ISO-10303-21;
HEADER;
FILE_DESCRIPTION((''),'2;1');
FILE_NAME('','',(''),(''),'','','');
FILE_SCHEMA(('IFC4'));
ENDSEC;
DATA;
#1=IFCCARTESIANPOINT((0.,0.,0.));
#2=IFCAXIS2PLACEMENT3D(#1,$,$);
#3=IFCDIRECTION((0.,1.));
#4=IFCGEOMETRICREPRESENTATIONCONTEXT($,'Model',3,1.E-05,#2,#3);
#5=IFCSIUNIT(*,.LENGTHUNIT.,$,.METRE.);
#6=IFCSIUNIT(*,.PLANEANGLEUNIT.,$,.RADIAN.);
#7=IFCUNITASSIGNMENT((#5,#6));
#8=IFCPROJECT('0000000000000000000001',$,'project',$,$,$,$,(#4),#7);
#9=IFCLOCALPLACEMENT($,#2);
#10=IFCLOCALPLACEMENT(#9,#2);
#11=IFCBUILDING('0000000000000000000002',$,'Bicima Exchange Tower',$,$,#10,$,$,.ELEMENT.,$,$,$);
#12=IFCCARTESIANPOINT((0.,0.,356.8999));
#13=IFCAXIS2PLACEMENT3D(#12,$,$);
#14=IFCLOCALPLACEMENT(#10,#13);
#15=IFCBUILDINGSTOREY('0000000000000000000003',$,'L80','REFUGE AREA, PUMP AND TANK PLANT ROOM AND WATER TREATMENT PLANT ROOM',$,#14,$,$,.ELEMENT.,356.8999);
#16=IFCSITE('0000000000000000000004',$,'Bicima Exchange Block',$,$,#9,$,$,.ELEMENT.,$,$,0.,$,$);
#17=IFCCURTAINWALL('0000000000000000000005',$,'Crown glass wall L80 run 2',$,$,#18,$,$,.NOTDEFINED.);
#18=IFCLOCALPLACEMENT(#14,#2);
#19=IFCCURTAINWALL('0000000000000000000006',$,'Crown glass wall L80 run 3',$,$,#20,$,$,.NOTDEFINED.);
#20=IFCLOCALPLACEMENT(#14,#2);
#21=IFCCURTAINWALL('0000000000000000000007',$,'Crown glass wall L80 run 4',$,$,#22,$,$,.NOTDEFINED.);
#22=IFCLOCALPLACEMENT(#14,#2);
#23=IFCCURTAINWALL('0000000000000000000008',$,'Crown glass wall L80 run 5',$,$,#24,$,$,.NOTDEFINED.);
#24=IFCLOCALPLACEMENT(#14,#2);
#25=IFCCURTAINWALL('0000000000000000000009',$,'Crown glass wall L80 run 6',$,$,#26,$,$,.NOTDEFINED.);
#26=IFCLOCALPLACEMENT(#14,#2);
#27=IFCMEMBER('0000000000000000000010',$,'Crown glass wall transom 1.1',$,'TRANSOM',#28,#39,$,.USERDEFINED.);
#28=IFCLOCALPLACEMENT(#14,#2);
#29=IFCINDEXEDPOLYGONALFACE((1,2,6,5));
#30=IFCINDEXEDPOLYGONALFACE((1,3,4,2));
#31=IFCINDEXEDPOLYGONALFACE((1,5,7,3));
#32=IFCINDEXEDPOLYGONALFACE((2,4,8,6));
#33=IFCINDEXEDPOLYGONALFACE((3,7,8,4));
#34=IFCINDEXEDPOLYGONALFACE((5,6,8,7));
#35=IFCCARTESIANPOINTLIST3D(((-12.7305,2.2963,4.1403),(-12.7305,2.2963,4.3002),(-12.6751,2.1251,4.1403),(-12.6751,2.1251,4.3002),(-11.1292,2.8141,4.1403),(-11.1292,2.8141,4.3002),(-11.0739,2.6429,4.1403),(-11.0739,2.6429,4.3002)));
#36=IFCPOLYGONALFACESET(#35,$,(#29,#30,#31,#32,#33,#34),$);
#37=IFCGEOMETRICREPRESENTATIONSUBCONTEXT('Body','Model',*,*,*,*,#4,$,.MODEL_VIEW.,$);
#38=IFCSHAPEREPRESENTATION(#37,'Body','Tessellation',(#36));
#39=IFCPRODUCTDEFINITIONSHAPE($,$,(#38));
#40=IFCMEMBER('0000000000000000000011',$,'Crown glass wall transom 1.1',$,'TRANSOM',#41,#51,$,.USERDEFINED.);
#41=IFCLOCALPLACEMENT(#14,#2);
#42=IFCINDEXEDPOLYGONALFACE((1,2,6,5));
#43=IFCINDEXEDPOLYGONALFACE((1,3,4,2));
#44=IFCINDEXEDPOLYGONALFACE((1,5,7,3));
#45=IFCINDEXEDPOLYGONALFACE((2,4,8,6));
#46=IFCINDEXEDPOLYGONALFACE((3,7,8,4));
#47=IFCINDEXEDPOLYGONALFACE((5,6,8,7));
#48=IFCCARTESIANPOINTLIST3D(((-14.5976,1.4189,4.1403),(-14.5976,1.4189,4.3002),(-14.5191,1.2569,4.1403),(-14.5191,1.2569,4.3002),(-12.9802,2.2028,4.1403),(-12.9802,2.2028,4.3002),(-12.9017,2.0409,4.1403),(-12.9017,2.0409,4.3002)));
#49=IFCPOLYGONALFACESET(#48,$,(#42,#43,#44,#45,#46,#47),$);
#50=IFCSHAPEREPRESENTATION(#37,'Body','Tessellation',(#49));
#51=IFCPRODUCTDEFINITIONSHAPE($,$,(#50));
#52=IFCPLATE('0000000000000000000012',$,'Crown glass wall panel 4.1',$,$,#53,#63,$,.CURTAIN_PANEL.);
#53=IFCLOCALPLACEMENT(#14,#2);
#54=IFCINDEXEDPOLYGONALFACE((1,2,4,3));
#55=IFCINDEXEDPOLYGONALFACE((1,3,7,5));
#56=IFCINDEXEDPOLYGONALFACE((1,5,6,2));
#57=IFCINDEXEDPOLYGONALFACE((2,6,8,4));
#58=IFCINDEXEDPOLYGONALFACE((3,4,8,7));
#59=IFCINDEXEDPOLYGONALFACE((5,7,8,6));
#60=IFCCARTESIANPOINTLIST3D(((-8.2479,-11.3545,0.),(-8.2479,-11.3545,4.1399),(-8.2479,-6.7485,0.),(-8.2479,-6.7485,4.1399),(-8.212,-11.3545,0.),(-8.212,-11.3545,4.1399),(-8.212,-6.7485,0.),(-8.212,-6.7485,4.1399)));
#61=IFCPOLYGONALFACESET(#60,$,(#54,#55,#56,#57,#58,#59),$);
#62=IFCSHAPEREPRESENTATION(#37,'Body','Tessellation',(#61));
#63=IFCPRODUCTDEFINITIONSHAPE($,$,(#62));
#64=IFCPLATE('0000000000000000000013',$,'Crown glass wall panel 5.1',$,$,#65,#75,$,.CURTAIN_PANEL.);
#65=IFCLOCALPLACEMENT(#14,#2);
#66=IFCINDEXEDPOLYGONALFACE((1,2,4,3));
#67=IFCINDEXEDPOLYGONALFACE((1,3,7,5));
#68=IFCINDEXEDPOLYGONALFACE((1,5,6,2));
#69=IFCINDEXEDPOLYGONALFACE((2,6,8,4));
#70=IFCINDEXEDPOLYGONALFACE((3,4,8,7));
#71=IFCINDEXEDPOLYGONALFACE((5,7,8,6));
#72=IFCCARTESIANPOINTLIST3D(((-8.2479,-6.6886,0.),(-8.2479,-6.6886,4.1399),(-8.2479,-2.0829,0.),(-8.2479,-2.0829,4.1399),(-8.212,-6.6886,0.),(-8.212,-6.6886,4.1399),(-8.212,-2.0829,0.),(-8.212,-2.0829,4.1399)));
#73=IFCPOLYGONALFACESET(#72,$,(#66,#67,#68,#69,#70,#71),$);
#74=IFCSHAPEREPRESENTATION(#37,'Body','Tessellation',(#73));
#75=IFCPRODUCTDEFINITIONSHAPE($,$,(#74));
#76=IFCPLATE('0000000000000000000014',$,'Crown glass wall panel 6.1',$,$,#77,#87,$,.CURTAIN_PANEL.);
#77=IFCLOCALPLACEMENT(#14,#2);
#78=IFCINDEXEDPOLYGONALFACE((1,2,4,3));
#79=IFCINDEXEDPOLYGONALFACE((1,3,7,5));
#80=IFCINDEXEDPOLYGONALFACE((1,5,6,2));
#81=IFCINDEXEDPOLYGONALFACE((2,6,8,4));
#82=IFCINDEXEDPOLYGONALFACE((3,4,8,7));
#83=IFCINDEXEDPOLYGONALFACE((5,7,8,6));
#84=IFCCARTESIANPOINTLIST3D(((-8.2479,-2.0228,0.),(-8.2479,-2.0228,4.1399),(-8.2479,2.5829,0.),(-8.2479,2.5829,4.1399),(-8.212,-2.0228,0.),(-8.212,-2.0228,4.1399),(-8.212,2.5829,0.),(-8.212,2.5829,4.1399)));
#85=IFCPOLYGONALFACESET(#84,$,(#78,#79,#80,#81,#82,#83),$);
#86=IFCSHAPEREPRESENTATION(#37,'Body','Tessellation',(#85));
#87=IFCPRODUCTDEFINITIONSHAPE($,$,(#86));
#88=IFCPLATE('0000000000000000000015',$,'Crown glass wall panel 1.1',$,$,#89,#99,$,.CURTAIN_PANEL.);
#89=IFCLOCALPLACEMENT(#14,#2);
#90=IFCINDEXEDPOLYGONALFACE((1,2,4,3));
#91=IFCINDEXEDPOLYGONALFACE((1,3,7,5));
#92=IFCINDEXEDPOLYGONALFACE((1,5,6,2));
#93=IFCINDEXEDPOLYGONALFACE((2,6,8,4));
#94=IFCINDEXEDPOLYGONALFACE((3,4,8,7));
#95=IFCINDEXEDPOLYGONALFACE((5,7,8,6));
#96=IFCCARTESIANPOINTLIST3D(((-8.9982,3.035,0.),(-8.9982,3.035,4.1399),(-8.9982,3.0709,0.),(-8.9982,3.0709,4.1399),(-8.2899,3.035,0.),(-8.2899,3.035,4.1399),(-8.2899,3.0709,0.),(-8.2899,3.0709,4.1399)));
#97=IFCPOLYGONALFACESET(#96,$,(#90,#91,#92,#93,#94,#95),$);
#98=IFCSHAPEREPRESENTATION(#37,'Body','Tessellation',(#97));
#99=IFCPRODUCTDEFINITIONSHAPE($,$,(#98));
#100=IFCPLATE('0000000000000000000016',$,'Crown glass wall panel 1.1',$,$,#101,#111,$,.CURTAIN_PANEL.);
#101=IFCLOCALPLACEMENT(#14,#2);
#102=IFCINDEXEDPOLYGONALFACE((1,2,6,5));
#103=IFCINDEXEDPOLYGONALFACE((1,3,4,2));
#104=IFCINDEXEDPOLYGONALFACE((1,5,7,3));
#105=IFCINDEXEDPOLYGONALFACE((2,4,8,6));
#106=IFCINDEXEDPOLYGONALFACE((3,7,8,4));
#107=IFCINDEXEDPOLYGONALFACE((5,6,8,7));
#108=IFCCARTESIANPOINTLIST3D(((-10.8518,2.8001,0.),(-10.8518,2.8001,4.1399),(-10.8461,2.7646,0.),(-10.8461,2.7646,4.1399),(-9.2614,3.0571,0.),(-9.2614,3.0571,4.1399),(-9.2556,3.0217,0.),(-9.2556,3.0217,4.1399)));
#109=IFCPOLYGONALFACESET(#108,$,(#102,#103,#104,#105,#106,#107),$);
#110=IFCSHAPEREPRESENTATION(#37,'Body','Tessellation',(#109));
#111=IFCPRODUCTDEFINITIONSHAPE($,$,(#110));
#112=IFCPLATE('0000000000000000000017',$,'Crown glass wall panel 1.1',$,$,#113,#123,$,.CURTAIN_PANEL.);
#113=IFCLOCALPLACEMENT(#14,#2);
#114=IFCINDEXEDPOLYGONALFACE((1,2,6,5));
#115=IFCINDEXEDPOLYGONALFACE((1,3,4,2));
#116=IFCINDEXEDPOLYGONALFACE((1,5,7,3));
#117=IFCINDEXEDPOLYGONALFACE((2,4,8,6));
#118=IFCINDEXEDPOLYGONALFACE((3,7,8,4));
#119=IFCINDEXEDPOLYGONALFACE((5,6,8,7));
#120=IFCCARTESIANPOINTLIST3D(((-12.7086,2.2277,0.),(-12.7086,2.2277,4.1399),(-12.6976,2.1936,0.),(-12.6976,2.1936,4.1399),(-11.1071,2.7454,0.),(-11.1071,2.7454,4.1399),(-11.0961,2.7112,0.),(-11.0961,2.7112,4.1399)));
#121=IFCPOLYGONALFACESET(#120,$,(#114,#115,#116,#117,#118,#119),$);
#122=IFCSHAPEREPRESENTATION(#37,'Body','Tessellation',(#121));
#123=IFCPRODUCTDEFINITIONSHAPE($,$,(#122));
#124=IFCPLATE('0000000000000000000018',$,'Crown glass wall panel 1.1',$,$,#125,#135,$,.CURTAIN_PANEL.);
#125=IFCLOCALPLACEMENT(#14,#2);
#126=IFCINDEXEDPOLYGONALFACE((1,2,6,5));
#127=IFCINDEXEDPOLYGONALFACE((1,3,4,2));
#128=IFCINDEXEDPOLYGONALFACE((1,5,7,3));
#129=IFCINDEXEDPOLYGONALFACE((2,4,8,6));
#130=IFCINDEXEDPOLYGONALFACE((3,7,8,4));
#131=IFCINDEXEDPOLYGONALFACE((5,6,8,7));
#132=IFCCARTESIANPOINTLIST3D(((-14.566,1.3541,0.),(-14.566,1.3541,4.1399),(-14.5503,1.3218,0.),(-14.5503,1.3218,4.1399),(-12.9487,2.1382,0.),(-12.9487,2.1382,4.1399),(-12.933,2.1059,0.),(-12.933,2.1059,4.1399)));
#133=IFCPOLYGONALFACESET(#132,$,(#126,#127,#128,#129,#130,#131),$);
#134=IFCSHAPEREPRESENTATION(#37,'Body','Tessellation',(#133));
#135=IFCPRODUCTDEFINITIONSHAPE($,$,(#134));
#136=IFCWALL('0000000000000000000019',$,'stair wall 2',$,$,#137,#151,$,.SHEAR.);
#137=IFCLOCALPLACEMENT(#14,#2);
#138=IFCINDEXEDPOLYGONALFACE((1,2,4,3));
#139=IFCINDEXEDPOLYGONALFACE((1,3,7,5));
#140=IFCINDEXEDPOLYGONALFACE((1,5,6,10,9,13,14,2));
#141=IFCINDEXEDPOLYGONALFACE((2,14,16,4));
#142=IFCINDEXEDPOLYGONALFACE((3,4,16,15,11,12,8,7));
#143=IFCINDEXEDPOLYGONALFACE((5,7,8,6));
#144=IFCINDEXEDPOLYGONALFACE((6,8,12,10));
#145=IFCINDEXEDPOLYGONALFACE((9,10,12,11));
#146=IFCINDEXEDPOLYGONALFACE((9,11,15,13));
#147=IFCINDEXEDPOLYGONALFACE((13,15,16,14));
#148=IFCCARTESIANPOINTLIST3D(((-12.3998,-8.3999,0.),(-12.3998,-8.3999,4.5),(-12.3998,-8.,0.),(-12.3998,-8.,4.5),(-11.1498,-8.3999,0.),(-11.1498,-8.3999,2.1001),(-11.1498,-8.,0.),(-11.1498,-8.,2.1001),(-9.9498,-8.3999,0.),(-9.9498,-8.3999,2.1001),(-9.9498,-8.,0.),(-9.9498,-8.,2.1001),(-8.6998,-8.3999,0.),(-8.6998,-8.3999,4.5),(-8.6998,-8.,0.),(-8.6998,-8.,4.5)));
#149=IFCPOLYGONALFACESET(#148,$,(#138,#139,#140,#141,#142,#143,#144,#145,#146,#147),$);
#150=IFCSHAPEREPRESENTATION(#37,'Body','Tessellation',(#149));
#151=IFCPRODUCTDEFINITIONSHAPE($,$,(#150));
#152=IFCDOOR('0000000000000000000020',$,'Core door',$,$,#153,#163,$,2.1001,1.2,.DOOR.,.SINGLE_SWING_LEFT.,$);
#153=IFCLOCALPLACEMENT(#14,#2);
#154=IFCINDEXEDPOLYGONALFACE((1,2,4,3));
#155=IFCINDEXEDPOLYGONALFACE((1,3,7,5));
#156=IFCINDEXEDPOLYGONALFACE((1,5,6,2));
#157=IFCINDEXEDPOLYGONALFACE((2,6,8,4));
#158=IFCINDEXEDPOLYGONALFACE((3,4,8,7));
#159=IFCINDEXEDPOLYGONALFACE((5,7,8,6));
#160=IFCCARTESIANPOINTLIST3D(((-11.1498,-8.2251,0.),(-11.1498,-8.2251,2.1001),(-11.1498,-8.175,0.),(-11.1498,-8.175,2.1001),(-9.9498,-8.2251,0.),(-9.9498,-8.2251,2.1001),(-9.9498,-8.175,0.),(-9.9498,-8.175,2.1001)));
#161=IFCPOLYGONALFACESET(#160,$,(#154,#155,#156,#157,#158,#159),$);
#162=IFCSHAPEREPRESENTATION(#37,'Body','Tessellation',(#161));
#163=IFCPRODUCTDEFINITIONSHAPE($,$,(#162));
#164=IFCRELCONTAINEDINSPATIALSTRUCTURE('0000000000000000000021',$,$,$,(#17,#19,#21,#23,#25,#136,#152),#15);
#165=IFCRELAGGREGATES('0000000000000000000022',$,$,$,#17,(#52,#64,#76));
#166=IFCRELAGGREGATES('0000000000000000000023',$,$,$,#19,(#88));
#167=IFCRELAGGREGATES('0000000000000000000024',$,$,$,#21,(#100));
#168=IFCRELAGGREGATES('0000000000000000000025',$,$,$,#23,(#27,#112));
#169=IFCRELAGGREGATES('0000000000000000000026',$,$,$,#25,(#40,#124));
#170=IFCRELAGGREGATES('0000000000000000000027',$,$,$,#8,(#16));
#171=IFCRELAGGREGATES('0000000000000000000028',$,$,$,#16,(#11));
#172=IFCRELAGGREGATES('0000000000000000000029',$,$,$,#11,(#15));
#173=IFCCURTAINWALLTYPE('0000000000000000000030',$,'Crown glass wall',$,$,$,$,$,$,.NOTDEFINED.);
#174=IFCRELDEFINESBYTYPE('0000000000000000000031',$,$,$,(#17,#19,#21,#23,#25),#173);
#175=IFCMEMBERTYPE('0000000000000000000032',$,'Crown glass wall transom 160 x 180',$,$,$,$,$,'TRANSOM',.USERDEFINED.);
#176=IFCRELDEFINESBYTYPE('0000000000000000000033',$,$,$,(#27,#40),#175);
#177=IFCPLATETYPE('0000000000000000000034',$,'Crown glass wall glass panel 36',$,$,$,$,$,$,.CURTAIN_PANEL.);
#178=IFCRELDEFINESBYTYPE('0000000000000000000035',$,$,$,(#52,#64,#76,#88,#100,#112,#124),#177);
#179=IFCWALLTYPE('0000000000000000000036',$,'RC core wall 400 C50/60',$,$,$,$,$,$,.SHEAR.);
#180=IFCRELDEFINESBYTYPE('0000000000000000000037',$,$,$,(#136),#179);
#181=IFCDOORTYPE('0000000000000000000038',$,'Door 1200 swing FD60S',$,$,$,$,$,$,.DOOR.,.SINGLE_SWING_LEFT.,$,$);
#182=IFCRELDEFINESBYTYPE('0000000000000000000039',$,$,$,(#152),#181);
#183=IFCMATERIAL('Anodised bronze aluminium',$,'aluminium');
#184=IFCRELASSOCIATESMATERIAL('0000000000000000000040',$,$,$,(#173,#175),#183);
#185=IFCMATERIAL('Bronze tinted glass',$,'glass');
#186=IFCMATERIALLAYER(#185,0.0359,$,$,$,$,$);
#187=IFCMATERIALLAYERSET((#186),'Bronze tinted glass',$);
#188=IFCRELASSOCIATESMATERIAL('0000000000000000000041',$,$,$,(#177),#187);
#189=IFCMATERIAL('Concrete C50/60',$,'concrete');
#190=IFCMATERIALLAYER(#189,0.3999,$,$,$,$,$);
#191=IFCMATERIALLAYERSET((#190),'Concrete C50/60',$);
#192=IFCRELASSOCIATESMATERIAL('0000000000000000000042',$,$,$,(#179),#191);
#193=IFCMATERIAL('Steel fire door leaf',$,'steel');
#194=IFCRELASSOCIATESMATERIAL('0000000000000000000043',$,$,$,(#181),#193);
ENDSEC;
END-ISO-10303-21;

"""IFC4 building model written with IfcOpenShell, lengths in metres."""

from ifc_helpers import new_model, si_unit, direction, frame, frame_2d, origin, origin_2d, place, context, subcontext, project, spatial, rectangle, extrude, material, layer, layer_set, material_profile, profile_set, type_object, element, fill, aggregate, save


model = new_model("IFC4")

# Units and contexts
model_context = context("Model", 3, precision=1e-05, world=origin(), true_north=direction((0.0, 1.0)))
body_context = subcontext(model_context, "Body", "Model", "MODEL_VIEW")
ifc_project = project(units=[si_unit("LENGTHUNIT", "METRE"), si_unit("PLANEANGLEUNIT", "RADIAN")], contexts=[model_context])

# Site, building, storey
site_placement = place(None, origin())
site = spatial("IfcSite", under=ifc_project, at=site_placement, Name="Bicima Exchange Block", CompositionType="ELEMENT", RefElevation=0.0)
building_placement = place(site_placement, origin())
building = spatial("IfcBuilding", under=site, at=building_placement, Name="Bicima Exchange Tower", CompositionType="ELEMENT")
storey_placement = place(building_placement, frame((0.0, 0.0, 356.8999)))
storey = spatial("IfcBuildingStorey", under=building, at=storey_placement, Name="L80", Description="REFUGE AREA, PUMP AND TANK PLANT ROOM AND WATER TREATMENT PLANT ROOM", CompositionType="ELEMENT", Elevation=356.8999)

# Curtain walls
ifc_material_1 = material(Name="Anodised bronze aluminium", Category="aluminium")
curtain_wall_type = type_object("IfcCurtainWallType", Name="Crown glass wall", PredefinedType="NOTDEFINED", material=ifc_material_1)
curtain_wall_1_placement = place(storey_placement, origin())
curtain_wall_1 = element("IfcCurtainWall", 1, at=curtain_wall_1_placement, inside=storey, type_object=curtain_wall_type, Name="Crown glass wall L80 run 2", PredefinedType="NOTDEFINED")
curtain_wall_2_placement = place(storey_placement, origin())
curtain_wall_2 = element("IfcCurtainWall", 2, at=curtain_wall_2_placement, inside=storey, type_object=curtain_wall_type, Name="Crown glass wall L80 run 3", PredefinedType="NOTDEFINED")
curtain_wall_3_placement = place(storey_placement, origin())
curtain_wall_3 = element("IfcCurtainWall", 3, at=curtain_wall_3_placement, inside=storey, type_object=curtain_wall_type, Name="Crown glass wall L80 run 4", PredefinedType="NOTDEFINED")
curtain_wall_4_placement = place(storey_placement, origin())
curtain_wall_4 = element("IfcCurtainWall", 4, at=curtain_wall_4_placement, inside=storey, type_object=curtain_wall_type, Name="Crown glass wall L80 run 5", PredefinedType="NOTDEFINED")

# Curtain wall
curtain_wall_5_placement = place(storey_placement, origin())
curtain_wall_5 = element("IfcCurtainWall", 5, at=curtain_wall_5_placement, inside=storey, type_object=curtain_wall_type, Name="Crown glass wall L80 run 6", PredefinedType="NOTDEFINED")

# Members
ifc_material_profile_1 = material_profile(ifc_material_1, rectangle(XDim=0.1799, YDim=0.1599, at=origin_2d()))
ifc_profile_set_1 = profile_set([ifc_material_profile_1], Name="Anodised bronze aluminium")
member_type_1 = type_object("IfcMemberType", Name="Crown glass wall transom 160 x 180", ElementType="TRANSOM", PredefinedType="USERDEFINED", material=ifc_profile_set_1)
member_1_placement = place(storey_placement, frame((-11.1016, 2.7285, 4.2202), z_axis=(-0.951488, -0.307685, 0.0), x_axis=(0.307685, -0.951488, 0.0)))
member_1 = element("IfcMember", 6, at=member_1_placement, type_object=member_type_1, Name="Crown glass wall transom 1.1", ObjectType="TRANSOM", PredefinedType="USERDEFINED", context=body_context, shape_type="SweptSolid", body=[
    extrude(rectangle(XDim=0.1799, YDim=0.1599, at=origin_2d()), origin(), (0.0, 0.0, 1.0), 1.6829),
])
member_2_placement = place(storey_placement, frame((-12.9409, 2.1218, 4.2202), z_axis=(-0.899874, -0.43615, 0.0), x_axis=(0.43615, -0.899874, 0.0)))
member_2 = element("IfcMember", 7, at=member_2_placement, type_object=member_type_1, Name="Crown glass wall transom 1.1", ObjectType="TRANSOM", PredefinedType="USERDEFINED", context=body_context, shape_type="SweptSolid", body=[
    extrude(rectangle(XDim=0.1799, YDim=0.1599, at=origin_2d()), origin(), (0.0, 0.0, 1.0), 1.7974),
])

# Plates
ifc_material_2 = material(Name="Bronze tinted glass", Category="glass")
ifc_layer_1 = layer(ifc_material_2, 0.0359)
ifc_layer_set_1 = layer_set([ifc_layer_1], Name="Bronze tinted glass")
plate_type = type_object("IfcPlateType", Name="Crown glass wall glass panel 36", PredefinedType="CURTAIN_PANEL", material=ifc_layer_set_1)
plate_1_placement = place(storey_placement, frame((-8.23, -9.0515, 0.0), z_axis=(0.0, 0.0, 1.0), x_axis=(0.0, 1.0, 0.0)))
plate_1 = element("IfcPlate", 8, at=plate_1_placement, type_object=plate_type, Name="Crown glass wall panel 4.1", PredefinedType="CURTAIN_PANEL", context=body_context, shape_type="SweptSolid", body=[
    extrude(rectangle(XDim=4.606, YDim=0.0359, at=origin_2d()), origin(), (0.0, 0.0, 1.0), 4.1399),
])
plate_2_placement = place(storey_placement, frame((-8.23, -4.3857, 0.0), z_axis=(0.0, 0.0, 1.0), x_axis=(0.0, 1.0, 0.0)))
plate_2 = element("IfcPlate", 9, at=plate_2_placement, type_object=plate_type, Name="Crown glass wall panel 5.1", PredefinedType="CURTAIN_PANEL", context=body_context, shape_type="SweptSolid", body=[
    extrude(rectangle(XDim=4.6057, YDim=0.0359, at=origin_2d()), origin(), (0.0, 0.0, 1.0), 4.1399),
])
plate_3_placement = place(storey_placement, frame((-8.23, 0.28, 0.0), z_axis=(0.0, 0.0, 1.0), x_axis=(0.0, 1.0, 0.0)))
plate_3 = element("IfcPlate", 10, at=plate_3_placement, type_object=plate_type, Name="Crown glass wall panel 6.1", PredefinedType="CURTAIN_PANEL", context=body_context, shape_type="SweptSolid", body=[
    extrude(rectangle(XDim=4.6057, YDim=0.0359, at=origin_2d()), origin(), (0.0, 0.0, 1.0), 4.1399),
])
aggregate(curtain_wall_1, [plate_1, plate_2, plate_3])
plate_4_placement = place(storey_placement, frame((-8.644, 3.053, 0.0), z_axis=(0.0, 0.0, 1.0), x_axis=(-1.0, 0.0, 0.0)))
plate_4 = element("IfcPlate", 11, at=plate_4_placement, type_object=plate_type, Name="Crown glass wall panel 1.1", PredefinedType="CURTAIN_PANEL", context=body_context, shape_type="SweptSolid", body=[
    extrude(rectangle(XDim=0.7083, YDim=0.0359, at=origin_2d()), origin(), (0.0, 0.0, 1.0), 4.1399),
])
aggregate(curtain_wall_2, [plate_4])
plate_5_placement = place(storey_placement, frame((-10.0537, 2.9109, 0.0), z_axis=(0.0, 0.0, 1.0), x_axis=(-0.98719, -0.15955, 0.0)))
plate_5 = element("IfcPlate", 12, at=plate_5_placement, type_object=plate_type, Name="Crown glass wall panel 1.1", PredefinedType="CURTAIN_PANEL", context=body_context, shape_type="SweptSolid", body=[
    extrude(rectangle(XDim=1.6111, YDim=0.0359, at=origin_2d()), origin(), (0.0, 0.0, 1.0), 4.1399),
])
aggregate(curtain_wall_3, [plate_5])
plate_6_placement = place(storey_placement, frame((-11.9023, 2.4695, 0.0), z_axis=(0.0, 0.0, 1.0), x_axis=(-0.951525, -0.307573, 0.0)))
plate_6 = element("IfcPlate", 13, at=plate_6_placement, type_object=plate_type, Name="Crown glass wall panel 1.1", PredefinedType="CURTAIN_PANEL", context=body_context, shape_type="SweptSolid", body=[
    extrude(rectangle(XDim=1.6831, YDim=0.0359, at=origin_2d()), origin(), (0.0, 0.0, 1.0), 4.1399),
])
aggregate(curtain_wall_4, [member_1, plate_6])
plate_7_placement = place(storey_placement, frame((-13.7495, 1.73, 0.0), z_axis=(0.0, 0.0, 1.0), x_axis=(-0.899818, -0.436265, 0.0)))
plate_7 = element("IfcPlate", 14, at=plate_7_placement, type_object=plate_type, Name="Crown glass wall panel 1.1", PredefinedType="CURTAIN_PANEL", context=body_context, shape_type="SweptSolid", body=[
    extrude(rectangle(XDim=1.7974, YDim=0.0359, at=origin_2d()), origin(), (0.0, 0.0, 1.0), 4.1399),
])
aggregate(curtain_wall_5, [member_2, plate_7])

# Wall, opening, door
ifc_material_3 = material(Name="Concrete C50/60", Category="concrete")
ifc_layer_2 = layer(ifc_material_3, 0.3999)
ifc_layer_set_2 = layer_set([ifc_layer_2], Name="Concrete C50/60")
wall_type = type_object("IfcWallType", Name="RC core wall 400 C50/60", PredefinedType="SHEAR", material=ifc_layer_set_2)
wall_placement = place(storey_placement, frame((-12.3999, -8.2, 0.0), z_axis=(0.0, 0.0, 1.0), x_axis=(1.0, 0.0, 0.0)))
wall = element("IfcWall", 15, at=wall_placement, inside=storey, type_object=wall_type, Name="stair wall 2", PredefinedType="SHEAR", context=body_context, shape_type="SweptSolid", body=[
    extrude(rectangle(XDim=3.7, YDim=0.3999, at=frame_2d((1.8501, 0.0))), origin(), (0.0, 0.0, 1.0), 4.5),
])
opening_placement = place(wall_placement, frame((1.25, 0.0, 0.0)))
opening = element("IfcOpeningElement", 16, at=opening_placement, cuts=wall, PredefinedType="OPENING", context=body_context, shape_type="SweptSolid", body=[
    extrude(rectangle(XDim=1.2, YDim=2.1001, at=frame_2d((0.6001, 1.05))), frame((0.0, 0.2119, 0.0), z_axis=(0.0, -1.0, 0.0), x_axis=(1.0, 0.0, 0.0)), (0.0, 0.0, 1.0), 0.4238),
])
ifc_material_4 = material(Name="Steel fire door leaf", Category="steel")
door_type = type_object("IfcDoorType", Name="Door 1200 swing FD60S", OperationType="SINGLE_SWING_LEFT", PredefinedType="DOOR", material=ifc_material_4)
door_placement = place(opening_placement, origin())
door = element("IfcDoor", 17, at=door_placement, inside=storey, type_object=door_type, Name="Core door", OperationType="SINGLE_SWING_LEFT", OverallHeight=2.1001, OverallWidth=1.2, PredefinedType="DOOR", context=body_context, shape_type="SweptSolid", body=[
    extrude(rectangle(XDim=1.2, YDim=2.1001, at=frame_2d((0.6001, 1.05))), frame((0.0, 0.0249, 0.0), z_axis=(0.0, -1.0, 0.0), x_axis=(1.0, 0.0, 0.0)), (0.0, 0.0, 1.0), 0.05),
])
fill(opening, door)

save(model, "model.ifc")
